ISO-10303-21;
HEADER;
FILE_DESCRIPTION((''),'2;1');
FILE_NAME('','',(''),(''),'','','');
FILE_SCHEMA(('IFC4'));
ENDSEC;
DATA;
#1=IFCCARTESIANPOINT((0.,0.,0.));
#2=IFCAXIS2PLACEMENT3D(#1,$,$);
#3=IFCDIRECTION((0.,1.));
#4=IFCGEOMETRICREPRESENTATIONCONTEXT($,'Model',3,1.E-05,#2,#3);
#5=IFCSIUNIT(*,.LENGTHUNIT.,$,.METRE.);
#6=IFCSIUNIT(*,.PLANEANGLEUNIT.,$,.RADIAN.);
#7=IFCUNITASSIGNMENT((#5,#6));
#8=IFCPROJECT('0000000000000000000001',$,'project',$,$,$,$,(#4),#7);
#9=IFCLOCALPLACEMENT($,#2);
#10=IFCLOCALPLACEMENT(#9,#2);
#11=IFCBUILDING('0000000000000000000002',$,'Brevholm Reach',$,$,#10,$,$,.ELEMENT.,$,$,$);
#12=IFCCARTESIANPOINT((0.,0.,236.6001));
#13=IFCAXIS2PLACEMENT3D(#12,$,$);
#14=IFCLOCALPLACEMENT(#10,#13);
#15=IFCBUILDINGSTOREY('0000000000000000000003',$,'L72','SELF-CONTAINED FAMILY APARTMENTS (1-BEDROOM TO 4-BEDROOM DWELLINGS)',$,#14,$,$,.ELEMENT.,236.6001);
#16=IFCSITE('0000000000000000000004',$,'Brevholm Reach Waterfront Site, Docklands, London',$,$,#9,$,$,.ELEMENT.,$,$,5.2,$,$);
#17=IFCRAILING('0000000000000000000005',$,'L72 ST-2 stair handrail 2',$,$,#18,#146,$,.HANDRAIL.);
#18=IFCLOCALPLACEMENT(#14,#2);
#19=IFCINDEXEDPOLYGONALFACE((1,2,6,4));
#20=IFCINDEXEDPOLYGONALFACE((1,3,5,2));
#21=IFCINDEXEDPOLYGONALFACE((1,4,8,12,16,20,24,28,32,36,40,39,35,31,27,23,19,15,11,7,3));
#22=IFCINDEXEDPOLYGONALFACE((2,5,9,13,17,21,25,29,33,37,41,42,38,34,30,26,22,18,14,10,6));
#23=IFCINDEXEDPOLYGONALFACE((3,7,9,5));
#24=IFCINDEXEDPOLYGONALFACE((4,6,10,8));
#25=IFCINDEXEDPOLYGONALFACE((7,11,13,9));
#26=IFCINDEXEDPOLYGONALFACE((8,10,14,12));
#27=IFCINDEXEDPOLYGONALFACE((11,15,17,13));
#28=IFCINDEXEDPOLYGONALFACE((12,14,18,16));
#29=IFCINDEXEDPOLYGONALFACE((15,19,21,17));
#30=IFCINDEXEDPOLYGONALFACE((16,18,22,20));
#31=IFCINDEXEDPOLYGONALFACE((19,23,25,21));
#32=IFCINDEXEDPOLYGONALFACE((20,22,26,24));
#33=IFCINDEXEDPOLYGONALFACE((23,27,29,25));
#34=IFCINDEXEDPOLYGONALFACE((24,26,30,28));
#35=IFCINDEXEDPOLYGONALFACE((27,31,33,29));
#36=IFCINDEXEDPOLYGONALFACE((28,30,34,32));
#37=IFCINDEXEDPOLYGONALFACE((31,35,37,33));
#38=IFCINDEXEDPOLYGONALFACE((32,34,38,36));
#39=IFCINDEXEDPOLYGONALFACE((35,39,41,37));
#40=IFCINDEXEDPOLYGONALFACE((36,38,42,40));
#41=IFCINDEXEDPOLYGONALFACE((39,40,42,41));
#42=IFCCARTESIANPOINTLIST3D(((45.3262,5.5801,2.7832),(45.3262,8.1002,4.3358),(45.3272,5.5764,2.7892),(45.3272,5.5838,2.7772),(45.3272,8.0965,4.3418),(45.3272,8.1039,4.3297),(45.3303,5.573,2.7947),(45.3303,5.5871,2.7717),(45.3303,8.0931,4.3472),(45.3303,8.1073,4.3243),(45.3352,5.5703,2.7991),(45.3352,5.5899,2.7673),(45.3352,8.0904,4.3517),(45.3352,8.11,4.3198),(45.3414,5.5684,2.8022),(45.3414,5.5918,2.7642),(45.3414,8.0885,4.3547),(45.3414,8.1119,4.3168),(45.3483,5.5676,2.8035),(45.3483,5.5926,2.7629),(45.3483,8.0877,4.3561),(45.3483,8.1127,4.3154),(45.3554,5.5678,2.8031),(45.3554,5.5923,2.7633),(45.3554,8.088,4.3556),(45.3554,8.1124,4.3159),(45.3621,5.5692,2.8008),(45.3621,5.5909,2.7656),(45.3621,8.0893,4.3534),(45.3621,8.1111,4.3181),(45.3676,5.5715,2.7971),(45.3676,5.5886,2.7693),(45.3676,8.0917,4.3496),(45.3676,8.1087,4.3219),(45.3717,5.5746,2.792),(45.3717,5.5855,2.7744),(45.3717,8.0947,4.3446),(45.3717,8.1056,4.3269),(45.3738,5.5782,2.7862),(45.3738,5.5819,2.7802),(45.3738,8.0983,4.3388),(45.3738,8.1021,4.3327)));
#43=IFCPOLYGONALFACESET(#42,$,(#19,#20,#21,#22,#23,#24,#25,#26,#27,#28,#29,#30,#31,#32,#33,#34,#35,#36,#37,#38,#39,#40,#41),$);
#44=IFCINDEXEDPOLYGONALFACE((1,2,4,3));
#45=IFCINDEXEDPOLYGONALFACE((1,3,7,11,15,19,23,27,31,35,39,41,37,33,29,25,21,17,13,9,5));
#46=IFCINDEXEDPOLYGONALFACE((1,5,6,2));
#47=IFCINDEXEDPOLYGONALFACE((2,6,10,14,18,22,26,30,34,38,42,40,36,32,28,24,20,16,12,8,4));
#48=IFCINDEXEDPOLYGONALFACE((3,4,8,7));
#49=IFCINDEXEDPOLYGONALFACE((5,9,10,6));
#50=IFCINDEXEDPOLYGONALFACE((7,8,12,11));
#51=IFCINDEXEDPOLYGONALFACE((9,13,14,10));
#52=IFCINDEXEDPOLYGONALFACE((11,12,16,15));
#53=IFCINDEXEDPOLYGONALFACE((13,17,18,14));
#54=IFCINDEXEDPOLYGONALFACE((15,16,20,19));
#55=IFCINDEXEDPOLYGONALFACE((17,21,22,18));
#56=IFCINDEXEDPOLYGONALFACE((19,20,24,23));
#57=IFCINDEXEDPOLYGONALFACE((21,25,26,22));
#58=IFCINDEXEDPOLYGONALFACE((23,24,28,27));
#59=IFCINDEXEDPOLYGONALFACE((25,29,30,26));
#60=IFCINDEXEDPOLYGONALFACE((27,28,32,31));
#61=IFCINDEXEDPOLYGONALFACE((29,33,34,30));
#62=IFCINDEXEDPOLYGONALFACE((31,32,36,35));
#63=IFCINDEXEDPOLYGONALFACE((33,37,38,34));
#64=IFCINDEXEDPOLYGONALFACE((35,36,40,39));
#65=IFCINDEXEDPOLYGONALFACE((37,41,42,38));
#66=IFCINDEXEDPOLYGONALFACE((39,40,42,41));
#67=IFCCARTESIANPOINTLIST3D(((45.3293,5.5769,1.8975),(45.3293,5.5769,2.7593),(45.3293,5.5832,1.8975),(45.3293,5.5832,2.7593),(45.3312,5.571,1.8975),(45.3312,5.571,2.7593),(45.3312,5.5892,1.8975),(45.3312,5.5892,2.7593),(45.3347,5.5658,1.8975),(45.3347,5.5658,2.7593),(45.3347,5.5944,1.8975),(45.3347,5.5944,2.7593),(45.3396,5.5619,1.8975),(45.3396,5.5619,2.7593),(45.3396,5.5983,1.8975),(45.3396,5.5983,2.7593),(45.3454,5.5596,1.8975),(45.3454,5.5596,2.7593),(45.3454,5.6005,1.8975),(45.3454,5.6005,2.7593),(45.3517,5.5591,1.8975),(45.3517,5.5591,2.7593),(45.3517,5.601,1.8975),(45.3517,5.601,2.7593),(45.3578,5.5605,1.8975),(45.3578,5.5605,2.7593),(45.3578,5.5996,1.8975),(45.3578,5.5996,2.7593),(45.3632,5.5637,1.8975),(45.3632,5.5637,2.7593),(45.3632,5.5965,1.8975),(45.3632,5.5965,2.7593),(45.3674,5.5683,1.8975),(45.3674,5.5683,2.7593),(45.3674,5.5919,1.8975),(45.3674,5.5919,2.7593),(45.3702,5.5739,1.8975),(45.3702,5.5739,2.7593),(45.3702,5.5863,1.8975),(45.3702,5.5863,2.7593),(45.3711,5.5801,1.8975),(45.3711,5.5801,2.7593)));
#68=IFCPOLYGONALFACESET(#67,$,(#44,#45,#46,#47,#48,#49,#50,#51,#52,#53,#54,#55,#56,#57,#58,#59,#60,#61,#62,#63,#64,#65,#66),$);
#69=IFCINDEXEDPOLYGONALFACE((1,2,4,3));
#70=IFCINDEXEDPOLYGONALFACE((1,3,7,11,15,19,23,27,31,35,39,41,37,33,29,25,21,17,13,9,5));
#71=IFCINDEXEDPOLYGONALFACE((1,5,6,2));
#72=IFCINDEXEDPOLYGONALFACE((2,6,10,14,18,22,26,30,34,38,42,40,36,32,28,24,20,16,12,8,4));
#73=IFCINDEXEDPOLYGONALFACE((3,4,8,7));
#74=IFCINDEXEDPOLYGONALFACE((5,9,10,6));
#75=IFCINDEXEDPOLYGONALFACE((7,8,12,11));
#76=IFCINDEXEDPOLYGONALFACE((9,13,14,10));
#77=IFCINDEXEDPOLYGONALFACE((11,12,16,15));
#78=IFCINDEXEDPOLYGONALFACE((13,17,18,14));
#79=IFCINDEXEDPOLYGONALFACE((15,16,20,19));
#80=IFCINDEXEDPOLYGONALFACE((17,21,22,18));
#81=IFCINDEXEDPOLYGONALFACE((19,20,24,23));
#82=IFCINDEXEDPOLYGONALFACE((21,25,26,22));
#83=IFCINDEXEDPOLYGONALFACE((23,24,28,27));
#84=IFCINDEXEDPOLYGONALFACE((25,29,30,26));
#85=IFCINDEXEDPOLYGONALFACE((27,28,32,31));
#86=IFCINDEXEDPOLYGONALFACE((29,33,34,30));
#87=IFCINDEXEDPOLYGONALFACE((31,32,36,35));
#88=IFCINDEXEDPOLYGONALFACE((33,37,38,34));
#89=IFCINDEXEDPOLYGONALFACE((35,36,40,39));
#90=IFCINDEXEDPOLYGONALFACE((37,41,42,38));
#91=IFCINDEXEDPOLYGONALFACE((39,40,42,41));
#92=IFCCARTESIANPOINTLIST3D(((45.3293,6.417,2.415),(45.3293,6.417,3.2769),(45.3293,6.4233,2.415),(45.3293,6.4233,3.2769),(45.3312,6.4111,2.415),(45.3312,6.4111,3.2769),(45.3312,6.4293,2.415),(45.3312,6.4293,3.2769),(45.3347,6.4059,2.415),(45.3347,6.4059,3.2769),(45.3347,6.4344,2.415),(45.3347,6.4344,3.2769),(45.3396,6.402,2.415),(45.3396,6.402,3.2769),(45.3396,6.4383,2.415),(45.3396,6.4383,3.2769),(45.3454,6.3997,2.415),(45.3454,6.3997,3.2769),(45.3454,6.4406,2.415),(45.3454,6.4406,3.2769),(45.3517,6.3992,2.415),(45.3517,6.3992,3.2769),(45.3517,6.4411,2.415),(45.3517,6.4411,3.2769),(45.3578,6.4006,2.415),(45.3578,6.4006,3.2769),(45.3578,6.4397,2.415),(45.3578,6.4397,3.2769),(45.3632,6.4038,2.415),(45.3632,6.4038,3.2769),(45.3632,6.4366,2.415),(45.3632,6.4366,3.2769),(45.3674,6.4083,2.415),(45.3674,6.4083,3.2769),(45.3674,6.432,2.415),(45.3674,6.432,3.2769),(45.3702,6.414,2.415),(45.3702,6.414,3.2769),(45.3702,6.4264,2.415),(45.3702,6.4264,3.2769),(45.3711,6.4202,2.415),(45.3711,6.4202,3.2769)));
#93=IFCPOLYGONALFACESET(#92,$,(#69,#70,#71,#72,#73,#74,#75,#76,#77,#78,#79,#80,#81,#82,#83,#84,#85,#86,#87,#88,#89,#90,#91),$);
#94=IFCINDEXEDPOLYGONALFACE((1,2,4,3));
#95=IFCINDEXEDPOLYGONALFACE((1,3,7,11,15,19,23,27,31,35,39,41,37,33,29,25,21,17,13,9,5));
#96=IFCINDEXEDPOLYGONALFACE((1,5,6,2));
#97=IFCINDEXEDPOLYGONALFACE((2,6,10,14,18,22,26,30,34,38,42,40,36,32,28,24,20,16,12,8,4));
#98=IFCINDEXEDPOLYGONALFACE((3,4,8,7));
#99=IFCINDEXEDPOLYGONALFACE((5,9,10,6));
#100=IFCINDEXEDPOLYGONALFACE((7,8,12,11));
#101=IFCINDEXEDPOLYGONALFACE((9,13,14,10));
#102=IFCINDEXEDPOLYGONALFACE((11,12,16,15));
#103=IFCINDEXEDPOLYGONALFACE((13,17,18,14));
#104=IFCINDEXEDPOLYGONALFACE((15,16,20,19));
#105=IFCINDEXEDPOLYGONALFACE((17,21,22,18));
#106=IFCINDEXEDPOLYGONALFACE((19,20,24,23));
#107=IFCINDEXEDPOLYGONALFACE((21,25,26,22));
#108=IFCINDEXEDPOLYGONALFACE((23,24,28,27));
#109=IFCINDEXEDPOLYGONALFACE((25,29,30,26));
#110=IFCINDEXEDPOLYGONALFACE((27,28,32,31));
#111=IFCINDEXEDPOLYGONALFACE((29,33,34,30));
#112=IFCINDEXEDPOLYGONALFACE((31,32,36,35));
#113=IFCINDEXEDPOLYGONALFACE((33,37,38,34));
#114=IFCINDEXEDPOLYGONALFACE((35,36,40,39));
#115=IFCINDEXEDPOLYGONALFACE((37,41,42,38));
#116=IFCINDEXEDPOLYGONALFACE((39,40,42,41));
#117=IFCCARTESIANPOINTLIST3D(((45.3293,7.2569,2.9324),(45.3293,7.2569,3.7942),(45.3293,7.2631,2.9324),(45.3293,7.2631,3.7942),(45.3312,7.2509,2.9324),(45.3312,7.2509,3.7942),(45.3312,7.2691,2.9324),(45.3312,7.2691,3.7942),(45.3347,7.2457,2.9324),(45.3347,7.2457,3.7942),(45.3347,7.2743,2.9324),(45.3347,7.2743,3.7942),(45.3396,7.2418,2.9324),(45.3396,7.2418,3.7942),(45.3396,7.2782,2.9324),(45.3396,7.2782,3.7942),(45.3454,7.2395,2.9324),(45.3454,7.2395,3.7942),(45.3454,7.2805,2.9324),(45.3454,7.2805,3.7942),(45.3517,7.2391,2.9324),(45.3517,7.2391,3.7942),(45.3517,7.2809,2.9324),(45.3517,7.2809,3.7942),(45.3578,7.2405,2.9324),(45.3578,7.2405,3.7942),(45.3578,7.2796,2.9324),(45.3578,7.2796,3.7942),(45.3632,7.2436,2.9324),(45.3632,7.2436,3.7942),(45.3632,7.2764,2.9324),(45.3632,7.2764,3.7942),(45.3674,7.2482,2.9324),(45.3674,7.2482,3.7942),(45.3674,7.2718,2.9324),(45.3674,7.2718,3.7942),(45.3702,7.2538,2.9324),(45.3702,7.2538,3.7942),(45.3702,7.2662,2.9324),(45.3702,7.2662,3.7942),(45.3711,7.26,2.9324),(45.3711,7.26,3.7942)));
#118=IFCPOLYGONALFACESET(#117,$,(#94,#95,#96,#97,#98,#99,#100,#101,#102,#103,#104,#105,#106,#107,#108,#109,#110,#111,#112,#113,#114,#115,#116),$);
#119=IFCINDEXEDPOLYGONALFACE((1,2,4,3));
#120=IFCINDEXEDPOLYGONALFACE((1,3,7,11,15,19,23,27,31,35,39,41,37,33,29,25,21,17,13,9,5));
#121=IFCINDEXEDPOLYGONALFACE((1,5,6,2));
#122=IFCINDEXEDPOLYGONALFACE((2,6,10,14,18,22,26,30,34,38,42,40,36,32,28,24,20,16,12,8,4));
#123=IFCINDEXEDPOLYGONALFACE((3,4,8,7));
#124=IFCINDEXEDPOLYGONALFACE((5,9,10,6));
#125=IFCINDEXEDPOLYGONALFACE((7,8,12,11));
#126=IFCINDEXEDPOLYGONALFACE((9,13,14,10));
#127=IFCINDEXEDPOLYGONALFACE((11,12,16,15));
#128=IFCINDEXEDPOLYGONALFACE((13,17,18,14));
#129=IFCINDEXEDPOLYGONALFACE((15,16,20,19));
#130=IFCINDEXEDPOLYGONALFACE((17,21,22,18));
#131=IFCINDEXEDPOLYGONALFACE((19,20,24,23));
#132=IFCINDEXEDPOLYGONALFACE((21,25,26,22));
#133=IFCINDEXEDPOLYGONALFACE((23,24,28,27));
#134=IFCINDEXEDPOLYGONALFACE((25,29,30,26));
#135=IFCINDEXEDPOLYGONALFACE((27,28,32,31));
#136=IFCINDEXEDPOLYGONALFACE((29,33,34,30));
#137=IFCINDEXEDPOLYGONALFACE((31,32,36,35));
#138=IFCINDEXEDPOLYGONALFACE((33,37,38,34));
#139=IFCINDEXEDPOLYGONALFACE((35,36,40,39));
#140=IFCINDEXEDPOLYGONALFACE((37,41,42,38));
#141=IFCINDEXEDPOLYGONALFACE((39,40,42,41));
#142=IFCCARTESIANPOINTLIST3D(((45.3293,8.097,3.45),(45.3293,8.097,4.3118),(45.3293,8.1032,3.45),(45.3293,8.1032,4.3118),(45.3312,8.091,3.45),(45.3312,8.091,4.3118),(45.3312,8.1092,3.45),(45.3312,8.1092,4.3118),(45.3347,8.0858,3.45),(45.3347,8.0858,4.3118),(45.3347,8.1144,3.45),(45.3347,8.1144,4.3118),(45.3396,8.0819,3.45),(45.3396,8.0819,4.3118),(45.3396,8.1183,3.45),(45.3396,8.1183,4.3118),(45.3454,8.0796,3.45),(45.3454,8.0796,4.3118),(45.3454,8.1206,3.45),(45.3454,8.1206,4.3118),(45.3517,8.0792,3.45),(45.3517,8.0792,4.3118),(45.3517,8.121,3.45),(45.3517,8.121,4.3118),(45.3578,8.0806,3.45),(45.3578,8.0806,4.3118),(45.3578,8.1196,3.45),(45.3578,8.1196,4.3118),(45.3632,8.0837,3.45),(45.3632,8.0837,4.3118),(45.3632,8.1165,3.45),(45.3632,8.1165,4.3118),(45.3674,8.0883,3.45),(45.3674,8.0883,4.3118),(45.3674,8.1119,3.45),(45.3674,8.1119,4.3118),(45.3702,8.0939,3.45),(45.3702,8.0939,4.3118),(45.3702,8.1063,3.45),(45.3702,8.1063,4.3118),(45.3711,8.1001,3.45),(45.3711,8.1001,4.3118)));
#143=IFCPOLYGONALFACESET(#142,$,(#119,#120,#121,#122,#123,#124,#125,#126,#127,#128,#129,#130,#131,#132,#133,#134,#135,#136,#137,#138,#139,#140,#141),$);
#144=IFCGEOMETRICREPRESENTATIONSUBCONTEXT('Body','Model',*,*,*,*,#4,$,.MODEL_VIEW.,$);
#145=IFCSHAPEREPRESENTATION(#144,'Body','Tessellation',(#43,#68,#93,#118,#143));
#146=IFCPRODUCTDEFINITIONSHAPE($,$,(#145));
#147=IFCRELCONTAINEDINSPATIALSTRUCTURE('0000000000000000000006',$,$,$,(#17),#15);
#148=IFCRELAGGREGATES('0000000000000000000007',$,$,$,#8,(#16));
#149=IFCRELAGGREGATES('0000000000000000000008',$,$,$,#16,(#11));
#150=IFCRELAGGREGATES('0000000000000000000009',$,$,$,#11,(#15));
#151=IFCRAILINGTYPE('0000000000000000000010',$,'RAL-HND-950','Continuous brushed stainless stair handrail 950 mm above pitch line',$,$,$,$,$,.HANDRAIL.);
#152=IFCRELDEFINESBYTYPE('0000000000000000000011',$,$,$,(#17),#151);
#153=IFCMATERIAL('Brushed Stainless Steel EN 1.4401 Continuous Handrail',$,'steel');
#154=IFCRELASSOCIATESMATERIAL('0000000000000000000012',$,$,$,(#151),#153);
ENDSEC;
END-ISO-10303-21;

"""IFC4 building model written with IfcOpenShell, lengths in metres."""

from ifc_helpers import new_model, si_unit, direction, frame, origin, origin_2d, place, context, subcontext, project, spatial, circle, extrude, material, type_object, element, save


model = new_model("IFC4")

# Units and contexts
model_context = context("Model", 3, precision=1e-05, world=origin(), true_north=direction((0.0, 1.0)))
body_context = subcontext(model_context, "Body", "Model", "MODEL_VIEW")
ifc_project = project(units=[si_unit("LENGTHUNIT", "METRE"), si_unit("PLANEANGLEUNIT", "RADIAN")], contexts=[model_context])

# Site, building, storey
site_placement = place(None, origin())
site = spatial("IfcSite", under=ifc_project, at=site_placement, Name="Brevholm Reach Waterfront Site, Docklands, London", CompositionType="ELEMENT", RefElevation=5.2)
building_placement = place(site_placement, origin())
building = spatial("IfcBuilding", under=site, at=building_placement, Name="Brevholm Reach", CompositionType="ELEMENT")
storey_placement = place(building_placement, frame((0.0, 0.0, 236.6001)))
storey = spatial("IfcBuildingStorey", under=building, at=storey_placement, Name="L72", Description="SELF-CONTAINED FAMILY APARTMENTS (1-BEDROOM TO 4-BEDROOM DWELLINGS)", CompositionType="ELEMENT", Elevation=236.6001)

# Railing
ifc_material_1 = material(Name="Brushed Stainless Steel EN 1.4401 Continuous Handrail", Category="steel")
railing_type_1 = type_object("IfcRailingType", Name="RAL-HND-950", Description="Continuous brushed stainless stair handrail 950 mm above pitch line", PredefinedType="HANDRAIL", material=ifc_material_1)
railing_1_placement = place(storey_placement, frame((45.3501, 5.5801, 1.8975)))
element("IfcRailing", 1, at=railing_1_placement, inside=storey, type_object=railing_type_1, Name="L72 ST-2 stair handrail 2", PredefinedType="HANDRAIL", context=body_context, shape_type="SweptSolid", body=[
    extrude(circle(Radius=0.0239, at=origin_2d()), frame((0.0, 0.0, 0.8857), z_axis=(0.0, 0.8514, 0.524516), x_axis=(-1.0, 0.0, 0.0)), (0.0, 0.0, 1.0), 2.96),
    extrude(circle(Radius=0.021, at=origin_2d()), origin(), (0.0, 0.0, 1.0), 0.8618),
    extrude(circle(Radius=0.021, at=origin_2d()), frame((0.0, 0.8401, 0.5176)), (0.0, 0.0, 1.0), 0.8618),
    extrude(circle(Radius=0.021, at=origin_2d()), frame((0.0, 1.6799, 1.0349)), (0.0, 0.0, 1.0), 0.8618),
    extrude(circle(Radius=0.021, at=origin_2d()), frame((0.0, 2.52, 1.5525)), (0.0, 0.0, 1.0), 0.8618),
])

save(model, "model.ifc")
